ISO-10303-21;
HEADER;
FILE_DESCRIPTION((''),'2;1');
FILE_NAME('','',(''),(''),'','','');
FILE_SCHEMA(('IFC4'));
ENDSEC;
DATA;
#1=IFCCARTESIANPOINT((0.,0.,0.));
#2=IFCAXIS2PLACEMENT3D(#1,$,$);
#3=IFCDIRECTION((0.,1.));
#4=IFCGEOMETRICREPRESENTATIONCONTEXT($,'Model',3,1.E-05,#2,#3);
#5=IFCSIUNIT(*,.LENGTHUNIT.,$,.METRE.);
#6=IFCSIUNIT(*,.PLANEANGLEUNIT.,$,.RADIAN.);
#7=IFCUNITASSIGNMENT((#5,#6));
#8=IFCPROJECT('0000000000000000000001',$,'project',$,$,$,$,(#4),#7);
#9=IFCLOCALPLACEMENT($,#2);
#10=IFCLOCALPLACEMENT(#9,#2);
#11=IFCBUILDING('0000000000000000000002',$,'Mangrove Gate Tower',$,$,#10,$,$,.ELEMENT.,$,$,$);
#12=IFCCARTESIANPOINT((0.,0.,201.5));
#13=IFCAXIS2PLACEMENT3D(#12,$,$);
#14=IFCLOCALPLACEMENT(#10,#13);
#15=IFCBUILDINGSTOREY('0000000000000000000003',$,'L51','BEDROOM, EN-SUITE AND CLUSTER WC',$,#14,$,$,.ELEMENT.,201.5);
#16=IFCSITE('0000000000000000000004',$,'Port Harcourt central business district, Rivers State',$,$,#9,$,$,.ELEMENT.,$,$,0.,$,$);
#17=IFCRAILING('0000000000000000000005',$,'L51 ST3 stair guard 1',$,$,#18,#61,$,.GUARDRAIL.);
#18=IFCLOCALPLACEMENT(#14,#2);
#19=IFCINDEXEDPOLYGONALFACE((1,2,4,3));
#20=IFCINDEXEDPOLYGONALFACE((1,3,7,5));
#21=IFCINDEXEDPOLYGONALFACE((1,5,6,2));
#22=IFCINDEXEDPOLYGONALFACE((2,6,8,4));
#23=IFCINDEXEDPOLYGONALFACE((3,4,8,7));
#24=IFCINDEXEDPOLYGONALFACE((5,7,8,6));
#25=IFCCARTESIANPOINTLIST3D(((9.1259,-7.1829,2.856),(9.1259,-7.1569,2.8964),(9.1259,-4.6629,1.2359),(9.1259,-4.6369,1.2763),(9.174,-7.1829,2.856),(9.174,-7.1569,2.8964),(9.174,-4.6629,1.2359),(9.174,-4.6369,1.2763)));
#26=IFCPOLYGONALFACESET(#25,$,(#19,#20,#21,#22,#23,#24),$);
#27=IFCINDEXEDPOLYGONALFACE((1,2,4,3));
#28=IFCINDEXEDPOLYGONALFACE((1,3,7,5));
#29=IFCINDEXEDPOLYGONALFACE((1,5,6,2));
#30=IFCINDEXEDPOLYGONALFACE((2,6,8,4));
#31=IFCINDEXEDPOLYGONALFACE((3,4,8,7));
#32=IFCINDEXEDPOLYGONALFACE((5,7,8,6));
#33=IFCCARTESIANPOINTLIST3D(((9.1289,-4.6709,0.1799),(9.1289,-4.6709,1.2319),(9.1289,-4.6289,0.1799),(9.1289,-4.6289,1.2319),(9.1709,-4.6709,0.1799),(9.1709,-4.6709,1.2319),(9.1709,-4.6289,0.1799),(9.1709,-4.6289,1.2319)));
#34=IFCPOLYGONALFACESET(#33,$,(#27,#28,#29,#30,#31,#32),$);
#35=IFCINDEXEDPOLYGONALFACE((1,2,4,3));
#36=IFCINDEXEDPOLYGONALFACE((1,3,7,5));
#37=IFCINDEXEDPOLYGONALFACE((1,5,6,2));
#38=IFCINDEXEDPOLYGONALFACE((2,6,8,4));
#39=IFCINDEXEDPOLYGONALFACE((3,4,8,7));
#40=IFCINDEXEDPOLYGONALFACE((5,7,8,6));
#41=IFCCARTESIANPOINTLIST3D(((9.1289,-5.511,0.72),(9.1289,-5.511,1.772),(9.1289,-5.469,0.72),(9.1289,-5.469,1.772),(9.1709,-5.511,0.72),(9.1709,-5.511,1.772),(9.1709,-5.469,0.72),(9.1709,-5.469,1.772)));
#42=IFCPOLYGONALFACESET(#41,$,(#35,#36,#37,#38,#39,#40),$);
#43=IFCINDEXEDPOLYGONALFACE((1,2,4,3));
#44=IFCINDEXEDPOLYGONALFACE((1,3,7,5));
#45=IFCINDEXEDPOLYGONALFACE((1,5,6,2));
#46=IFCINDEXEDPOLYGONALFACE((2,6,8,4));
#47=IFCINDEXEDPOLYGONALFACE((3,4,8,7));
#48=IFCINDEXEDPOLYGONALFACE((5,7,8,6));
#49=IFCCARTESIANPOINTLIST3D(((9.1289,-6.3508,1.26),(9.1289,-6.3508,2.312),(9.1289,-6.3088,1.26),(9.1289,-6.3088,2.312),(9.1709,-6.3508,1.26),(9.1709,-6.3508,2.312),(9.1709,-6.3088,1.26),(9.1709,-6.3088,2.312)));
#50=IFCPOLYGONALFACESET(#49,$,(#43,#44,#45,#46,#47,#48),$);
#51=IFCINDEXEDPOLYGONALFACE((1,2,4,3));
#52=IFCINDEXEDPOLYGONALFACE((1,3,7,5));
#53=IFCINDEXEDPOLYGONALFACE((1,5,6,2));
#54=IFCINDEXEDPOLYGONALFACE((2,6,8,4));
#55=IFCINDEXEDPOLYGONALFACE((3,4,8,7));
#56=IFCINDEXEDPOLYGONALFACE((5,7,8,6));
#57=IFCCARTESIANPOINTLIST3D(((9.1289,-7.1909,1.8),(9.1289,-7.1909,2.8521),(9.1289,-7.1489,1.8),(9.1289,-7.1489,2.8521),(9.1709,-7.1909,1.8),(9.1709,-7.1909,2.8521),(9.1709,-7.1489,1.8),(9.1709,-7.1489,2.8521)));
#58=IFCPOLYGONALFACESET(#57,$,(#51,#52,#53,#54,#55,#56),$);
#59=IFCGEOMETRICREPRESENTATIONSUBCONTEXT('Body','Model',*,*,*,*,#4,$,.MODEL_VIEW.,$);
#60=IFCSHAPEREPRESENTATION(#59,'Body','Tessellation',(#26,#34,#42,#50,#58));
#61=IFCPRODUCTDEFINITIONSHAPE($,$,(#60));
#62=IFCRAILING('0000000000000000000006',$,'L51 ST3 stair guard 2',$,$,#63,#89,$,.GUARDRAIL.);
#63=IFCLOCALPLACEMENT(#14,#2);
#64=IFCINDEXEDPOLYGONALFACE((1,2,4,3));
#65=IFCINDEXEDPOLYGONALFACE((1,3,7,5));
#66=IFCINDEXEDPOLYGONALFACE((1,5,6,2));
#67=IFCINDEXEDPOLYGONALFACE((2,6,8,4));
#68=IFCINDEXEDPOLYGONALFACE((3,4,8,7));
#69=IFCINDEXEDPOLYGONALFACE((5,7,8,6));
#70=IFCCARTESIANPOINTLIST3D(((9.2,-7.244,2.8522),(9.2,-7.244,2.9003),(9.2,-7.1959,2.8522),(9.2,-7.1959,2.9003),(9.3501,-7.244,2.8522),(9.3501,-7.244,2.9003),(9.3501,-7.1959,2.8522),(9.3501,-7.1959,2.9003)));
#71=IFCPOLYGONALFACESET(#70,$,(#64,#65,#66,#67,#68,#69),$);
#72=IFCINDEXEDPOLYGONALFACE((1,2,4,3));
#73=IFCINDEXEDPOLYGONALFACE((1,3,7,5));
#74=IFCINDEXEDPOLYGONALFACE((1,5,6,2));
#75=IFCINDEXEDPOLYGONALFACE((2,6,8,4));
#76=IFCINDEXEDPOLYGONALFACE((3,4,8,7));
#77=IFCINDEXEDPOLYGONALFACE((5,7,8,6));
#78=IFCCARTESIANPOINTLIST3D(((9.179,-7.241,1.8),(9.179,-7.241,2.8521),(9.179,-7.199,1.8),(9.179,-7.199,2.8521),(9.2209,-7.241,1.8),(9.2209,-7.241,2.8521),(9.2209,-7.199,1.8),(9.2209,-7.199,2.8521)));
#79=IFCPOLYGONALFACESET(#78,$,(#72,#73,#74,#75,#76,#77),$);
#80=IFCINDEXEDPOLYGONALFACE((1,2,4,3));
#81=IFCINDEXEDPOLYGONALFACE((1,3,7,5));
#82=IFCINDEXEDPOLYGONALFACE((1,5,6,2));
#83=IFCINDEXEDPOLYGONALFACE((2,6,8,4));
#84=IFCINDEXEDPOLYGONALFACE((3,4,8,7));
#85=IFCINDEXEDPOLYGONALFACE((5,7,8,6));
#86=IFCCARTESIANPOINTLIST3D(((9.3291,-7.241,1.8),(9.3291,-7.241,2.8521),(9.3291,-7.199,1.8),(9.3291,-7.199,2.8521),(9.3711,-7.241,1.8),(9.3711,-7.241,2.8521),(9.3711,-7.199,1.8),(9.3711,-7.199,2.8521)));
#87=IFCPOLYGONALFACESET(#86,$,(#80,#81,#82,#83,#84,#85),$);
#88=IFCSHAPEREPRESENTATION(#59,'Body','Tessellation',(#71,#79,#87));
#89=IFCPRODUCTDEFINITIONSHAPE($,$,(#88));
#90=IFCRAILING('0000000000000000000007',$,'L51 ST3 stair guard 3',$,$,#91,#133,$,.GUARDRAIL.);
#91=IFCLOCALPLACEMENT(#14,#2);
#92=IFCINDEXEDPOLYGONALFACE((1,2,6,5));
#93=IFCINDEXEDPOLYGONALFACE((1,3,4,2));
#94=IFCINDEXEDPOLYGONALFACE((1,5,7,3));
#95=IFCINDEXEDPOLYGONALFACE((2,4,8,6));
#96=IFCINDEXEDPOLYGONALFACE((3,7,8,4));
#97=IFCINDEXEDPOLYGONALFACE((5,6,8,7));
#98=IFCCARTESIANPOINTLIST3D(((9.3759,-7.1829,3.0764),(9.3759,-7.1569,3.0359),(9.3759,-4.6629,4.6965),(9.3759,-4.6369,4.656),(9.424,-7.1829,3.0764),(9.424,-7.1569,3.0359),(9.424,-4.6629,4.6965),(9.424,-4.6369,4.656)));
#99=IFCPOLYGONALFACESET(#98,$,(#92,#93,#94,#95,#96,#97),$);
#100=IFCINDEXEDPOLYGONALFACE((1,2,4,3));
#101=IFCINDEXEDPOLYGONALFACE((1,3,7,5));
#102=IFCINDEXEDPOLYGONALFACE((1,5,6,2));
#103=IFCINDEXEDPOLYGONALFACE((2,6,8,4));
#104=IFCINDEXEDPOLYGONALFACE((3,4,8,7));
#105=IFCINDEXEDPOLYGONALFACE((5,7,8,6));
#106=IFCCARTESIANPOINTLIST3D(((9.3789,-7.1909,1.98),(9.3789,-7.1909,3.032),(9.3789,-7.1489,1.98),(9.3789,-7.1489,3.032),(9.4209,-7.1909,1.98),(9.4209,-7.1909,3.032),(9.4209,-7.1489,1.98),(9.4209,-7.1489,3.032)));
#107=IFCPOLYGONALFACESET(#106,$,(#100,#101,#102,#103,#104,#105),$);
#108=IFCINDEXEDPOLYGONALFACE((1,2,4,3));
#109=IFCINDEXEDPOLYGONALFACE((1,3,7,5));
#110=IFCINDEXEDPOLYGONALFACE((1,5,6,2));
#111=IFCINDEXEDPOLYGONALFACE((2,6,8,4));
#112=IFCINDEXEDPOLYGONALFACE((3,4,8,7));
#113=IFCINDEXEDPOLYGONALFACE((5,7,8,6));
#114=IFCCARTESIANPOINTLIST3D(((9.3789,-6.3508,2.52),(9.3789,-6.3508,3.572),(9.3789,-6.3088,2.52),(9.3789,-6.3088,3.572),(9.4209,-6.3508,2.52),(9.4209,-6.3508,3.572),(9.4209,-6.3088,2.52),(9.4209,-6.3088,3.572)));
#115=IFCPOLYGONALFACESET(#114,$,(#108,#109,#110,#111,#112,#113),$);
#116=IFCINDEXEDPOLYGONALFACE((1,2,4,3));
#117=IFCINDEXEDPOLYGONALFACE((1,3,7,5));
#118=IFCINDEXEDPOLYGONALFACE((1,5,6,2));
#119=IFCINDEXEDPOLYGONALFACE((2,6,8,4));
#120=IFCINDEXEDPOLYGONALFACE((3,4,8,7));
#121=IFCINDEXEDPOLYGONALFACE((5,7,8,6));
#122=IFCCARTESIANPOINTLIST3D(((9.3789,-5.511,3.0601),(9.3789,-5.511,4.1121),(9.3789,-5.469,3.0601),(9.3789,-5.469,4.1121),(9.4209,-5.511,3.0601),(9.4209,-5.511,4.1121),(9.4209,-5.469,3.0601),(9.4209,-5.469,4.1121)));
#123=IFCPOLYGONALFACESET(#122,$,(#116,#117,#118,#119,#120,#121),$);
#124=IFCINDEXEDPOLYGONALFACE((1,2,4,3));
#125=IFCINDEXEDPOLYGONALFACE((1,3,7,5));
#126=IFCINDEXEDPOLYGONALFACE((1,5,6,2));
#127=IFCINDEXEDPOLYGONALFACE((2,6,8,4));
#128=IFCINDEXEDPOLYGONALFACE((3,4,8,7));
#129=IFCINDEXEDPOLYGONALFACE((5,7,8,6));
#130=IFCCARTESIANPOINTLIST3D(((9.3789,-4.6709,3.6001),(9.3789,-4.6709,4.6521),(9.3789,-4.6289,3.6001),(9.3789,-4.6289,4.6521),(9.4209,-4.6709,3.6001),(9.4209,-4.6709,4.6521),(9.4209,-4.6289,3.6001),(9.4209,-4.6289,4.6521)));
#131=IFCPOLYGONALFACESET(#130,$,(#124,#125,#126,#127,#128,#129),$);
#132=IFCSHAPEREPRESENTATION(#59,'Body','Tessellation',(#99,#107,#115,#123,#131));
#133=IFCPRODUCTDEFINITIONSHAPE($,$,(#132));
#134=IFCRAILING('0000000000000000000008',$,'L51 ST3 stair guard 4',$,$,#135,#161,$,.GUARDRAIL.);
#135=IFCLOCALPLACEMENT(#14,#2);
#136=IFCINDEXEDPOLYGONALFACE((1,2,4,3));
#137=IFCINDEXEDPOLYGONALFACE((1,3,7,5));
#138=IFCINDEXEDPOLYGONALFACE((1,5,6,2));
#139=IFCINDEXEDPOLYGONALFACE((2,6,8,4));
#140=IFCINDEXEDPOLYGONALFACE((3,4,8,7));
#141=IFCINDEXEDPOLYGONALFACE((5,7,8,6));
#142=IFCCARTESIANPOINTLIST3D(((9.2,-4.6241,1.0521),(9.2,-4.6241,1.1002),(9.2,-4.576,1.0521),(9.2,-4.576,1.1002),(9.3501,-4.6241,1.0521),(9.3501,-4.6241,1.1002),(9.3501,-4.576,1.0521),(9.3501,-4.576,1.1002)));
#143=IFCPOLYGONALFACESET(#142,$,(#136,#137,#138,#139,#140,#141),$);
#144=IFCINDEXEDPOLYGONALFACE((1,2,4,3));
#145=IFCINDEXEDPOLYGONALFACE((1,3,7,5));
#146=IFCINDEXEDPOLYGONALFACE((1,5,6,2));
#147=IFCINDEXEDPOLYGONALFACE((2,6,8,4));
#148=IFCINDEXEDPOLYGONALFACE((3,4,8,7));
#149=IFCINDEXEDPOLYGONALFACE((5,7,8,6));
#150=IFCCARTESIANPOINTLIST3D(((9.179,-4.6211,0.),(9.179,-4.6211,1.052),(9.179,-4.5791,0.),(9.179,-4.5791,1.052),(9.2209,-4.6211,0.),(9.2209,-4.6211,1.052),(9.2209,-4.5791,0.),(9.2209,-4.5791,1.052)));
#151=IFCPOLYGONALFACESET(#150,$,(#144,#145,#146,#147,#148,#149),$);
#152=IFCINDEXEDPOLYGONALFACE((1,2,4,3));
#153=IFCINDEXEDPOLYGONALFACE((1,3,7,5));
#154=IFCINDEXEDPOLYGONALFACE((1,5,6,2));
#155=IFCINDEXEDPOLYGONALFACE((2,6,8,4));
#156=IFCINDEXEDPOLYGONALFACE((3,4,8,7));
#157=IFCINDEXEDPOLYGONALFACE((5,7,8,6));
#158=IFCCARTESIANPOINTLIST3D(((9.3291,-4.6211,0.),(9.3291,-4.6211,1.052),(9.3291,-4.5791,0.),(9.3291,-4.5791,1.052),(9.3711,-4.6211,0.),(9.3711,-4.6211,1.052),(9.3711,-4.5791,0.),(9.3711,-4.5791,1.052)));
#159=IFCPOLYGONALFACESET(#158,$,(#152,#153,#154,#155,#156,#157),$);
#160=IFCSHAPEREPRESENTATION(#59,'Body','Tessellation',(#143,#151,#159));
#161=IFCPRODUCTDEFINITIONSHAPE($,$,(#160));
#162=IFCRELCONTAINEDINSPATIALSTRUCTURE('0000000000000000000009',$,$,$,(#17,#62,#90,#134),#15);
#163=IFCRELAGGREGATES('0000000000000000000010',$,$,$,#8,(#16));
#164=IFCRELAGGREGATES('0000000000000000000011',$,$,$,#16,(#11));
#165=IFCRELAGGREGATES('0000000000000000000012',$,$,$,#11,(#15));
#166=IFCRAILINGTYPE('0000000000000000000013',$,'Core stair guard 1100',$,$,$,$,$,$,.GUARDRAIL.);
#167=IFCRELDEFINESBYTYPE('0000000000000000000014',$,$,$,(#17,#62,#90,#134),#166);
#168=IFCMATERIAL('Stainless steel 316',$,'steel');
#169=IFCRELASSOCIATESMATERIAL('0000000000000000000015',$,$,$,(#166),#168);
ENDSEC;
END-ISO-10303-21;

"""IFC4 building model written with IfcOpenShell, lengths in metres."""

from ifc_helpers import new_model, si_unit, direction, frame, origin, origin_2d, place, context, subcontext, project, spatial, rectangle, extrude, material, type_object, element, save


model = new_model("IFC4")

# Units and contexts
model_context = context("Model", 3, precision=1e-05, world=origin(), true_north=direction((0.0, 1.0)))
body_context = subcontext(model_context, "Body", "Model", "MODEL_VIEW")
ifc_project = project(units=[si_unit("LENGTHUNIT", "METRE"), si_unit("PLANEANGLEUNIT", "RADIAN")], contexts=[model_context])

# Site, building, storey
site_placement = place(None, origin())
site = spatial("IfcSite", under=ifc_project, at=site_placement, Name="Port Harcourt central business district, Rivers State", CompositionType="ELEMENT", RefElevation=0.0)
building_placement = place(site_placement, origin())
building = spatial("IfcBuilding", under=site, at=building_placement, Name="Mangrove Gate Tower", CompositionType="ELEMENT")
storey_placement = place(building_placement, frame((0.0, 0.0, 201.5)))
storey = spatial("IfcBuildingStorey", under=building, at=storey_placement, Name="L51", Description="BEDROOM, EN-SUITE AND CLUSTER WC", CompositionType="ELEMENT", Elevation=201.5)

# Railings
ifc_material_1 = material(Name="Stainless steel 316", Category="steel")
railing_type_1 = type_object("IfcRailingType", Name="Core stair guard 1100", PredefinedType="GUARDRAIL", material=ifc_material_1)
railing_1_placement = place(storey_placement, frame((9.1499, -4.6499, 0.1799)))
element("IfcRailing", 1, at=railing_1_placement, inside=storey, type_object=railing_type_1, Name="L51 ST3 stair guard 1", PredefinedType="GUARDRAIL", context=body_context, shape_type="SweptSolid", body=[
    extrude(rectangle(XDim=0.0481, YDim=0.0481, at=origin_2d()), frame((0.0, 0.0, 1.0762), z_axis=(0.0, -0.841163, 0.540782), x_axis=(1.0, 0.0, 0.0)), (0.0, 0.0, 1.0), 2.9958),
    extrude(rectangle(XDim=0.042, YDim=0.042, at=origin_2d()), origin(), (0.0, 0.0, 1.0), 1.052),
    extrude(rectangle(XDim=0.042, YDim=0.042, at=origin_2d()), frame((0.0, -0.8401, 0.54)), (0.0, 0.0, 1.0), 1.052),
    extrude(rectangle(XDim=0.042, YDim=0.042, at=origin_2d()), frame((0.0, -1.6799, 1.0801)), (0.0, 0.0, 1.0), 1.052),
    extrude(rectangle(XDim=0.042, YDim=0.042, at=origin_2d()), frame((0.0, -2.52, 1.6201)), (0.0, 0.0, 1.0), 1.052),
])
railing_2_placement = place(storey_placement, frame((9.2, -7.22, 1.8)))
element("IfcRailing", 2, at=railing_2_placement, inside=storey, type_object=railing_type_1, Name="L51 ST3 stair guard 2", PredefinedType="GUARDRAIL", context=body_context, shape_type="SweptSolid", body=[
    extrude(rectangle(XDim=0.0481, YDim=0.0481, at=origin_2d()), frame((0.0, 0.0, 1.0762), z_axis=(1.0, 0.0, 0.0), x_axis=(0.0, 1.0, 0.0)), (0.0, 0.0, 1.0), 0.1501),
    extrude(rectangle(XDim=0.042, YDim=0.042, at=origin_2d()), origin(), (0.0, 0.0, 1.0), 1.052),
    extrude(rectangle(XDim=0.042, YDim=0.042, at=origin_2d()), frame((0.1501, 0.0, 0.0)), (0.0, 0.0, 1.0), 1.052),
])
railing_3_placement = place(storey_placement, frame((9.3999, -7.1699, 1.98)))
element("IfcRailing", 3, at=railing_3_placement, inside=storey, type_object=railing_type_1, Name="L51 ST3 stair guard 3", PredefinedType="GUARDRAIL", context=body_context, shape_type="SweptSolid", body=[
    extrude(rectangle(XDim=0.0481, YDim=0.0481, at=origin_2d()), frame((0.0, 0.0, 1.0762), z_axis=(0.0, 0.841163, 0.540782), x_axis=(-1.0, 0.0, 0.0)), (0.0, 0.0, 1.0), 2.9958),
    extrude(rectangle(XDim=0.042, YDim=0.042, at=origin_2d()), origin(), (0.0, 0.0, 1.0), 1.052),
    extrude(rectangle(XDim=0.042, YDim=0.042, at=origin_2d()), frame((0.0, 0.8401, 0.54)), (0.0, 0.0, 1.0), 1.052),
    extrude(rectangle(XDim=0.042, YDim=0.042, at=origin_2d()), frame((0.0, 1.6799, 1.0801)), (0.0, 0.0, 1.0), 1.052),
    extrude(rectangle(XDim=0.042, YDim=0.042, at=origin_2d()), frame((0.0, 2.52, 1.6201)), (0.0, 0.0, 1.0), 1.052),
])
railing_4_placement = place(storey_placement, frame((9.2, -4.6001, 0.0)))
element("IfcRailing", 4, at=railing_4_placement, inside=storey, type_object=railing_type_1, Name="L51 ST3 stair guard 4", PredefinedType="GUARDRAIL", context=body_context, shape_type="SweptSolid", body=[
    extrude(rectangle(XDim=0.0481, YDim=0.0481, at=origin_2d()), frame((0.0, 0.0, 1.0762), z_axis=(1.0, 0.0, 0.0), x_axis=(0.0, 1.0, 0.0)), (0.0, 0.0, 1.0), 0.1501),
    extrude(rectangle(XDim=0.042, YDim=0.042, at=origin_2d()), origin(), (0.0, 0.0, 1.0), 1.052),
    extrude(rectangle(XDim=0.042, YDim=0.042, at=origin_2d()), frame((0.1501, 0.0, 0.0)), (0.0, 0.0, 1.0), 1.052),
])

save(model, "model.ifc")
